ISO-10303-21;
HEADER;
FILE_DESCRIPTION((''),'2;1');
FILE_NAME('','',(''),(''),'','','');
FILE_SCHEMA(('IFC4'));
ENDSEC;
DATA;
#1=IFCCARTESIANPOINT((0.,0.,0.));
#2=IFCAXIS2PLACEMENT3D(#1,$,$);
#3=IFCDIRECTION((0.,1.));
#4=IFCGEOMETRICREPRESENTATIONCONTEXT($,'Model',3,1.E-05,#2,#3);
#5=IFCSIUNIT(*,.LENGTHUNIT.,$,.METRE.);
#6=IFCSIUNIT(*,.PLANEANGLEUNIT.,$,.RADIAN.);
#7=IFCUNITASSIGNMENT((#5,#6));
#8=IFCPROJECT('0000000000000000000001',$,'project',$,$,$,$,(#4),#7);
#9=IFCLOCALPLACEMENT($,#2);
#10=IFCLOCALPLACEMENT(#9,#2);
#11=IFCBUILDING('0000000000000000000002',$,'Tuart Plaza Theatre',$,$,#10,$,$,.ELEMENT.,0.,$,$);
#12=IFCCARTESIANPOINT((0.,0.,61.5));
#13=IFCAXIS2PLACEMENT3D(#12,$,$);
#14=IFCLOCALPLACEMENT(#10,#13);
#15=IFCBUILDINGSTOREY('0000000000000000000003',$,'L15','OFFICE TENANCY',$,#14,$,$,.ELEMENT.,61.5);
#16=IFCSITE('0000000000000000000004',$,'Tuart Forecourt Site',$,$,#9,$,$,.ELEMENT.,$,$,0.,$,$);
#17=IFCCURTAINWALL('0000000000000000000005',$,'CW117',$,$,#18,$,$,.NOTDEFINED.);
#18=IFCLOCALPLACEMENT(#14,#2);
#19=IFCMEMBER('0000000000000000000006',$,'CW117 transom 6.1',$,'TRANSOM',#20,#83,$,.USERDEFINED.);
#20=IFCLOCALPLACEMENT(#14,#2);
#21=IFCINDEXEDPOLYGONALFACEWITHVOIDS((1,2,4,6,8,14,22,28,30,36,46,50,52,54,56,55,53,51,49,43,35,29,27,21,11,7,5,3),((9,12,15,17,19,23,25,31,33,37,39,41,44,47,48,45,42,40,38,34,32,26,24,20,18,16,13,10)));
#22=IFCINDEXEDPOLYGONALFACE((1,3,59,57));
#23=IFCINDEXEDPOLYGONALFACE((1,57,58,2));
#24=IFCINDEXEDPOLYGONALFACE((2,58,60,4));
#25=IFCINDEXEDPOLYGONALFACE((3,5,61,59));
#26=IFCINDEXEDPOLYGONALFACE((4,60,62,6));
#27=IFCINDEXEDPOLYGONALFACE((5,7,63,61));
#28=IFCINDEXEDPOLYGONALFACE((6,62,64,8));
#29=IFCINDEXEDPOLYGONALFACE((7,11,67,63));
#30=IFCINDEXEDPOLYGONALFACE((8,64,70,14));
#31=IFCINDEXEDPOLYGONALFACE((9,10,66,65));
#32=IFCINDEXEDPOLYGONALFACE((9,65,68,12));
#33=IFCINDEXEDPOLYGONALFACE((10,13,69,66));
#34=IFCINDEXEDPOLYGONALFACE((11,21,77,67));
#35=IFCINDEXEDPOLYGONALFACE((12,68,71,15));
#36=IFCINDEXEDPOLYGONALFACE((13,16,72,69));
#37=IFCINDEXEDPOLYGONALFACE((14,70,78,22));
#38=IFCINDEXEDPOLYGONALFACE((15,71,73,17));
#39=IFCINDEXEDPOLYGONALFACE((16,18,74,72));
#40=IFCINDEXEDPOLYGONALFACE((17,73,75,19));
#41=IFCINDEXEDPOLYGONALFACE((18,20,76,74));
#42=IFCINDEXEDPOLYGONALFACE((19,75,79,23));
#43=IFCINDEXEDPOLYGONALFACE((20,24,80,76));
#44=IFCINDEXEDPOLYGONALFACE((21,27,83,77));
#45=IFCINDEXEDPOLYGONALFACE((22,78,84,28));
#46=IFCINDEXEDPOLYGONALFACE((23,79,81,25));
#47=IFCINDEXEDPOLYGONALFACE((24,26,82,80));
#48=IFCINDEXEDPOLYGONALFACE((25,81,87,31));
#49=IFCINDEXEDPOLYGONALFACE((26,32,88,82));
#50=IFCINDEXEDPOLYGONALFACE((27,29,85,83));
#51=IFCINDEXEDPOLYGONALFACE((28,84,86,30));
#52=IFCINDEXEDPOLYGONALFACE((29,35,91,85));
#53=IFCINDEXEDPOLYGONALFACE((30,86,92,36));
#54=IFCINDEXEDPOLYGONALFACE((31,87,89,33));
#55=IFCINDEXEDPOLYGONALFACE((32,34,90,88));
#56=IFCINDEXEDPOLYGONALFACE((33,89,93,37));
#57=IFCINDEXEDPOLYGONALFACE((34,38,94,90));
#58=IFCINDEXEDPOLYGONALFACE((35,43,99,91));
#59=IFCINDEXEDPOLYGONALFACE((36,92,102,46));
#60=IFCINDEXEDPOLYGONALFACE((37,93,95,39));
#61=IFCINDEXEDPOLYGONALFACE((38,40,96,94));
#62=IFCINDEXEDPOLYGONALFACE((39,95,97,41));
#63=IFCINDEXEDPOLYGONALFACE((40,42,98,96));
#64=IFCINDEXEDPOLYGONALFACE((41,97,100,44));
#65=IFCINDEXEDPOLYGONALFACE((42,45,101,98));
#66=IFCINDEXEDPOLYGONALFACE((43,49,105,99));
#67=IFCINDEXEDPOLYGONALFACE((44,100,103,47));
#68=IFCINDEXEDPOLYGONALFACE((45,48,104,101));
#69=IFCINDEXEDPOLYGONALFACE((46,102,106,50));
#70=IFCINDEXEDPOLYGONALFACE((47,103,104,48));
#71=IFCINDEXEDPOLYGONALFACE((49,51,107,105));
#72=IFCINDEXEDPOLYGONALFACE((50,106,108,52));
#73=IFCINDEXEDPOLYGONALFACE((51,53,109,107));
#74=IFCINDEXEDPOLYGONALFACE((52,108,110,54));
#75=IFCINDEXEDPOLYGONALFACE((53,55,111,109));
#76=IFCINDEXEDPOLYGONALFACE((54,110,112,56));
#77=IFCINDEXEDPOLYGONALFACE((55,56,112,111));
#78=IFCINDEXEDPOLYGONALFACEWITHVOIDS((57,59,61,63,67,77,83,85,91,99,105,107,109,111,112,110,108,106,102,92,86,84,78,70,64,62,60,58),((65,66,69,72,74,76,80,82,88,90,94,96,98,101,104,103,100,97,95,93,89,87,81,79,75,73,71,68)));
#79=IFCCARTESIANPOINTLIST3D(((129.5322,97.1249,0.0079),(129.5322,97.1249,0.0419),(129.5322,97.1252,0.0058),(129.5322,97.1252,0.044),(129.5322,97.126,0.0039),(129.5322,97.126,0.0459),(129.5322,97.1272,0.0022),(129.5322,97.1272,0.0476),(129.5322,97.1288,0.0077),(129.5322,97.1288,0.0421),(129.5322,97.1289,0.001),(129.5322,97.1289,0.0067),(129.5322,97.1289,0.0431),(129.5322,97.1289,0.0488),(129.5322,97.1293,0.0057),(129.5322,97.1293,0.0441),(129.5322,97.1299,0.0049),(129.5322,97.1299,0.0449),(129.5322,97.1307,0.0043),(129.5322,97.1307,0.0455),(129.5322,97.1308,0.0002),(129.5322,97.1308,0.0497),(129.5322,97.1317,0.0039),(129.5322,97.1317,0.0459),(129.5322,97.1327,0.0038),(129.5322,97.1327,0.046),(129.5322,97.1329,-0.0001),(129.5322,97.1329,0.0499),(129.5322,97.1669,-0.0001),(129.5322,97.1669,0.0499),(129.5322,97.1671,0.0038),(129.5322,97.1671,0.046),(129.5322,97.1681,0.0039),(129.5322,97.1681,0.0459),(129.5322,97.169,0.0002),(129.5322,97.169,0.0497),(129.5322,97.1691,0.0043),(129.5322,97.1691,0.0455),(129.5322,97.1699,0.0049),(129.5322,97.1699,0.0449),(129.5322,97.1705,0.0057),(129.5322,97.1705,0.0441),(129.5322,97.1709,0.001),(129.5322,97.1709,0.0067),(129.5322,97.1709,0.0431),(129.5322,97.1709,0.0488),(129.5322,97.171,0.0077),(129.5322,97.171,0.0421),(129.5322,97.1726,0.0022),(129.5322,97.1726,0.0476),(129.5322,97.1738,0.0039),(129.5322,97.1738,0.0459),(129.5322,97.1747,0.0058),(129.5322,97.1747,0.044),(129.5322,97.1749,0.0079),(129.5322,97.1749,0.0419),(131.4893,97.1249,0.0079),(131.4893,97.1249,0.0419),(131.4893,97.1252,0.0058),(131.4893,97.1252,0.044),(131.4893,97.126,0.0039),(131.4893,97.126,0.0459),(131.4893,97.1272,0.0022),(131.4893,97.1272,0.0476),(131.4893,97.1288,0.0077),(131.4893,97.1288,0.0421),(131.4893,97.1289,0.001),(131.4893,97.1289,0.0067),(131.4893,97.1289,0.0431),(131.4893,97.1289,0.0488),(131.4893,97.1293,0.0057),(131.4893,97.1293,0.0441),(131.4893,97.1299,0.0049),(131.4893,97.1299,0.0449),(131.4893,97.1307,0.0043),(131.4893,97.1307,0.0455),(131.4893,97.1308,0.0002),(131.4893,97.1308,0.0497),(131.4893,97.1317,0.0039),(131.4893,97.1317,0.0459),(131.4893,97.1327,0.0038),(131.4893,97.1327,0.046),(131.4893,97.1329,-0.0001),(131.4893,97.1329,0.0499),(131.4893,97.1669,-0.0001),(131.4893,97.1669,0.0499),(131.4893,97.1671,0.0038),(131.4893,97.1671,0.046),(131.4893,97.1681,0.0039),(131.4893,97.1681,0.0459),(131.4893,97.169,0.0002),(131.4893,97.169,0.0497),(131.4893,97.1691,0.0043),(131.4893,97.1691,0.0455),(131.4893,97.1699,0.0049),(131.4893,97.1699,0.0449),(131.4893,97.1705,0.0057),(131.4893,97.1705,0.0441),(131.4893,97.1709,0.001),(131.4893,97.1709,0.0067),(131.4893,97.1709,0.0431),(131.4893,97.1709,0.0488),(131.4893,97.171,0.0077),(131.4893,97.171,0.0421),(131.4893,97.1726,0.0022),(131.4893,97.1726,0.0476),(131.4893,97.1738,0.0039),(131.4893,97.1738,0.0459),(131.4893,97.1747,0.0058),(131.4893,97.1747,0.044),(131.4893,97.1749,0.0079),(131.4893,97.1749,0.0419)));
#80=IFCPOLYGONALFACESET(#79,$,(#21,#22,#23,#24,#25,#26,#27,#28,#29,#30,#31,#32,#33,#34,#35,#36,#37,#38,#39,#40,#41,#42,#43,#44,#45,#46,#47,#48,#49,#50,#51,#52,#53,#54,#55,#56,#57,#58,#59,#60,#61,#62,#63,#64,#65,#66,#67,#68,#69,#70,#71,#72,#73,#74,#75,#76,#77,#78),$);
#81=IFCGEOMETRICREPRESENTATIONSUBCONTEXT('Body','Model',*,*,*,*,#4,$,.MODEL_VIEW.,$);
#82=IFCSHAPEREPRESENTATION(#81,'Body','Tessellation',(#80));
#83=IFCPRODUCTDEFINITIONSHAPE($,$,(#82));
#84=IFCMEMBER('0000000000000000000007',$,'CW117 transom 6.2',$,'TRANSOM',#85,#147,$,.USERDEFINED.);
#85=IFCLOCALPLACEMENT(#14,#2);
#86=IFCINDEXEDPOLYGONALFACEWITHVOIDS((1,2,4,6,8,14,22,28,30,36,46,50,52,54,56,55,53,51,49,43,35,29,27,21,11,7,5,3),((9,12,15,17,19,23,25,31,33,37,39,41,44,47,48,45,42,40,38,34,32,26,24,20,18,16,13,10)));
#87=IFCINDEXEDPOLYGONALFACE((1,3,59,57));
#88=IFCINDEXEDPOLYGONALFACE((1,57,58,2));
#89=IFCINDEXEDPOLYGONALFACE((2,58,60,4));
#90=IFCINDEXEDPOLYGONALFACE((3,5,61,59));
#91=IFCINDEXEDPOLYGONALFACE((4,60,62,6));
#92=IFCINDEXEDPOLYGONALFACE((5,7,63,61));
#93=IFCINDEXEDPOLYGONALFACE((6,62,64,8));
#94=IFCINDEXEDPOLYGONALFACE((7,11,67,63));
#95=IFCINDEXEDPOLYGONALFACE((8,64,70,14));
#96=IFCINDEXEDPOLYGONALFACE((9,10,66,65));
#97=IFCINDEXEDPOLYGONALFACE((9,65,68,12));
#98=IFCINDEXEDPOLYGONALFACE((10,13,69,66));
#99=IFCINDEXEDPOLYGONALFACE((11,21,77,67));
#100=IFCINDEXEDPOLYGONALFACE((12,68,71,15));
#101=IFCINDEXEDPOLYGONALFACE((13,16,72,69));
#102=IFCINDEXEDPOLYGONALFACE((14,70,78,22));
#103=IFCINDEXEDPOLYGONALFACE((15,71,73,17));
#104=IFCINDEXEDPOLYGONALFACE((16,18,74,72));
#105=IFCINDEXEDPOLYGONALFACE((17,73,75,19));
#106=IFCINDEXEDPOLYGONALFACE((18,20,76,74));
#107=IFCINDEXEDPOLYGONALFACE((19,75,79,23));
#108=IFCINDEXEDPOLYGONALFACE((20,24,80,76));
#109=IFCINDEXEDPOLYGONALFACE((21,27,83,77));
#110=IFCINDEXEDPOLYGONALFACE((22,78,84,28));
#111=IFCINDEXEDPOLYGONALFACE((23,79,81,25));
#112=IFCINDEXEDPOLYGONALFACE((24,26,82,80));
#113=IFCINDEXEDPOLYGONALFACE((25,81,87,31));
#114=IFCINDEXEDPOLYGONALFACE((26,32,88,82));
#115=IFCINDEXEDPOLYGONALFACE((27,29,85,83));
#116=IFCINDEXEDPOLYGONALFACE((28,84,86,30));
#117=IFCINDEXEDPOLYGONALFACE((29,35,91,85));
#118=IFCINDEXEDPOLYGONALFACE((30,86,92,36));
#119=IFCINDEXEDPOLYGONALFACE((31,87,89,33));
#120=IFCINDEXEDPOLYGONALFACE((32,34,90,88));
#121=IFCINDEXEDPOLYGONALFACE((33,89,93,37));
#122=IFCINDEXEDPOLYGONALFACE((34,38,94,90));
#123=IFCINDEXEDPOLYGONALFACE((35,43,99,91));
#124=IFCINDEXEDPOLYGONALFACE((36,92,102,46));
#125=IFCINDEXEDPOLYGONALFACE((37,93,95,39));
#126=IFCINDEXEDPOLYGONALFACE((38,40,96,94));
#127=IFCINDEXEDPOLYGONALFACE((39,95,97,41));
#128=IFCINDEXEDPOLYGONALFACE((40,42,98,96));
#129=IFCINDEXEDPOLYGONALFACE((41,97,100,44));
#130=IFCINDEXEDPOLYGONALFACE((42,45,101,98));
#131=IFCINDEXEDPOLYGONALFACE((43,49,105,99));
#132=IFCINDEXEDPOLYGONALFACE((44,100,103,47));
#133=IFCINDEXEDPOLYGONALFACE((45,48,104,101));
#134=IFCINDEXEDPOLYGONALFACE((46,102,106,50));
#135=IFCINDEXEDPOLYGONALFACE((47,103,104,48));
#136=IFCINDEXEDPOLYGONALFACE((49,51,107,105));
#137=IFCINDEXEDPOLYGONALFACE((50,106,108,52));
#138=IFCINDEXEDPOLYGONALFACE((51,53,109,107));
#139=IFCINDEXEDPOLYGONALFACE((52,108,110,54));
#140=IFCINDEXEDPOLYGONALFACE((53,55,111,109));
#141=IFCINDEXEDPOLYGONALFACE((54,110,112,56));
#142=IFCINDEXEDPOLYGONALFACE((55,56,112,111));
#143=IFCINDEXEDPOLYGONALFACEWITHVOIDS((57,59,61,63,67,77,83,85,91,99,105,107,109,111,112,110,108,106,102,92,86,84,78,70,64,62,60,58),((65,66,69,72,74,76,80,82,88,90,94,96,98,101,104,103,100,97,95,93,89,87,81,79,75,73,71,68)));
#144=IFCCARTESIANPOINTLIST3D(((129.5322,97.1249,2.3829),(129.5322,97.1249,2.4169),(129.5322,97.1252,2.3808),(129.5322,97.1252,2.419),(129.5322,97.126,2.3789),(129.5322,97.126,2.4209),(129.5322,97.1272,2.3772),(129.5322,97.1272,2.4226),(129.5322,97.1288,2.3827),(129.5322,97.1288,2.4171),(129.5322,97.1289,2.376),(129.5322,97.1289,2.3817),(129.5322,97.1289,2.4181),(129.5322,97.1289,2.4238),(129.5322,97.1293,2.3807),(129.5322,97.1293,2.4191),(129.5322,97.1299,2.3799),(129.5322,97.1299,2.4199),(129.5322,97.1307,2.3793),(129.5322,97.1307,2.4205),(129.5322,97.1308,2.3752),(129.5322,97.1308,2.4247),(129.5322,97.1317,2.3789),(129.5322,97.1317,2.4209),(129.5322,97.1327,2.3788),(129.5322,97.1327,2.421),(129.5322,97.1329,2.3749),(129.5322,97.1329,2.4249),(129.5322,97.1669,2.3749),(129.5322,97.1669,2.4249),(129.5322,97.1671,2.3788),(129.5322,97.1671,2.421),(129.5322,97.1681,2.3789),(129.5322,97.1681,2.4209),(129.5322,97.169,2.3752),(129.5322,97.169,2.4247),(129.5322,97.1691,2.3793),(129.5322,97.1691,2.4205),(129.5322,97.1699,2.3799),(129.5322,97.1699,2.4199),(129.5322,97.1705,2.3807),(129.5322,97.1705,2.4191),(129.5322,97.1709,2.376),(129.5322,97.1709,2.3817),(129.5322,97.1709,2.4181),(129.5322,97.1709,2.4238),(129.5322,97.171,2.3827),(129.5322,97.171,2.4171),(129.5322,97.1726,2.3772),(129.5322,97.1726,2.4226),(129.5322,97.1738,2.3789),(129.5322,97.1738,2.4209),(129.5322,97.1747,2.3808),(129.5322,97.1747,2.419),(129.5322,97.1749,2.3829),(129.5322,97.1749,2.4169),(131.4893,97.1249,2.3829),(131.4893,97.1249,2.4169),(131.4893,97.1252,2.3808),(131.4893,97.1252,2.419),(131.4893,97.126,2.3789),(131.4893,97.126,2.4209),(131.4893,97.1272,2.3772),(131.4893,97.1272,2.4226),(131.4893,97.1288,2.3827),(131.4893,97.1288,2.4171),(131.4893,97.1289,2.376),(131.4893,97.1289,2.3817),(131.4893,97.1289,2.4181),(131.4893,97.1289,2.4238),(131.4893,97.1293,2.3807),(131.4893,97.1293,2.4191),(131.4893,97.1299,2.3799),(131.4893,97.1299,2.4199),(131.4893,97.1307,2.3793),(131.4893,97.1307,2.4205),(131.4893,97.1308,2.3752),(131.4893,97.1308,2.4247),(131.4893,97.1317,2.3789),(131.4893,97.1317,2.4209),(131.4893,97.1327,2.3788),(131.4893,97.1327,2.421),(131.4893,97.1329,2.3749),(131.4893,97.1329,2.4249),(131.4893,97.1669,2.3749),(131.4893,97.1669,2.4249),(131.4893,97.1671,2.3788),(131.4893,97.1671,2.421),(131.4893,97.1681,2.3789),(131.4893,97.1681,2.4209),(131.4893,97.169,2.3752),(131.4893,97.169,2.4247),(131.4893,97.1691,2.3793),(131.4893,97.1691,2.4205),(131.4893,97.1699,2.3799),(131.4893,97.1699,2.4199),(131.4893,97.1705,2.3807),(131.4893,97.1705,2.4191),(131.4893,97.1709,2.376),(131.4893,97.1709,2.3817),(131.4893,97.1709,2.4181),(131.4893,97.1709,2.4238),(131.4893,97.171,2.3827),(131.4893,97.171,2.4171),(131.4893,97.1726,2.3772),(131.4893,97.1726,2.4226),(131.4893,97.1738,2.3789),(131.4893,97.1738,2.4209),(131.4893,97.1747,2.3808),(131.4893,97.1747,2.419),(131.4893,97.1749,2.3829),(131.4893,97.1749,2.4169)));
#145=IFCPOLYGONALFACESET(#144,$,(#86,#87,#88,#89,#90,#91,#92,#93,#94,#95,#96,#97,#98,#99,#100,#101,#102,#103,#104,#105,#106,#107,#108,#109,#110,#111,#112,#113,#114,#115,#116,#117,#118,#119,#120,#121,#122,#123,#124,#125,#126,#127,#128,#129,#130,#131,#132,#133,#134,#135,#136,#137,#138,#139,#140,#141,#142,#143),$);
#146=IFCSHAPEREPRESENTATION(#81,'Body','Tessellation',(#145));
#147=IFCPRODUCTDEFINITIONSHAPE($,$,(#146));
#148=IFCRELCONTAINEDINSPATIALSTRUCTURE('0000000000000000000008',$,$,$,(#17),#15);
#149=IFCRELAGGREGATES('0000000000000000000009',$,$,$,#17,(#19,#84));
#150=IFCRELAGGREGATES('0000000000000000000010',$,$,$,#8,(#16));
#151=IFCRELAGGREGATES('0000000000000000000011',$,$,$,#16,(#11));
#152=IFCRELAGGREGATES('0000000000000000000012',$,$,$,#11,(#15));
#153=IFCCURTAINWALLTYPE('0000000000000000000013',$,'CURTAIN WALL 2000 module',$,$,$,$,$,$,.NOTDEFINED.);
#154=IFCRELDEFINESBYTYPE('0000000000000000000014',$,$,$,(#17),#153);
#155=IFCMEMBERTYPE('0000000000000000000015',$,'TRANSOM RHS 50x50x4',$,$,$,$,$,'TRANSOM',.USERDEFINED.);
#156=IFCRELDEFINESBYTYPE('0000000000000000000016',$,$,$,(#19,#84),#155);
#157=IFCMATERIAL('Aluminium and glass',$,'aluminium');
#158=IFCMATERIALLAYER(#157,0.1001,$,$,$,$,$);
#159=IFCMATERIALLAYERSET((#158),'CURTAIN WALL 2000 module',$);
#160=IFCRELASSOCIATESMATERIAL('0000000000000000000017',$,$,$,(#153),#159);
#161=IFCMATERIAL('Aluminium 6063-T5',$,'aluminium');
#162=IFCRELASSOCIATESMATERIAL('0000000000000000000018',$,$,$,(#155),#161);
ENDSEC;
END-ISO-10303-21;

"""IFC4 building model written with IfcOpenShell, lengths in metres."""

from ifc_helpers import new_model, si_unit, direction, frame, origin, origin_2d, place, context, subcontext, project, spatial, hollow_rectangle, extrude, material, layer, layer_set, material_profile, profile_set, type_object, element, aggregate, save


model = new_model("IFC4")

# Units and contexts
model_context = context("Model", 3, precision=1e-05, world=origin(), true_north=direction((0.0, 1.0)))
body_context = subcontext(model_context, "Body", "Model", "MODEL_VIEW")
ifc_project = project(units=[si_unit("LENGTHUNIT", "METRE"), si_unit("PLANEANGLEUNIT", "RADIAN")], contexts=[model_context])

# Site, building, storey
site_placement = place(None, origin())
site = spatial("IfcSite", under=ifc_project, at=site_placement, Name="Tuart Forecourt Site", CompositionType="ELEMENT", RefElevation=0.0)
building_placement = place(site_placement, origin())
building = spatial("IfcBuilding", under=site, at=building_placement, Name="Tuart Plaza Theatre", CompositionType="ELEMENT", ElevationOfRefHeight=0.0)
storey_placement = place(building_placement, frame((0.0, 0.0, 61.5)))
storey = spatial("IfcBuildingStorey", under=building, at=storey_placement, Name="L15", Description="OFFICE TENANCY", CompositionType="ELEMENT", Elevation=61.5)

# Curtain wall, members
ifc_material_1 = material(Name="Aluminium and glass", Category="aluminium")
ifc_layer_1 = layer(ifc_material_1, 0.1001)
ifc_layer_set_1 = layer_set([ifc_layer_1], Name="CURTAIN WALL 2000 module")
curtain_wall_type = type_object("IfcCurtainWallType", Name="CURTAIN WALL 2000 module", PredefinedType="NOTDEFINED", material=ifc_layer_set_1)
curtain_wall_placement = place(storey_placement, origin())
curtain_wall = element("IfcCurtainWall", 1, at=curtain_wall_placement, inside=storey, type_object=curtain_wall_type, Name="CW117", PredefinedType="NOTDEFINED")
ifc_material_2 = material(Name="Aluminium 6063-T5", Category="aluminium")
ifc_material_profile_1 = material_profile(ifc_material_2, hollow_rectangle(XDim=0.05, YDim=0.05, WallThickness=0.0039, InnerFilletRadius=0.0039, OuterFilletRadius=0.0081, at=origin_2d()), Name="RHS 50x50x4")
ifc_profile_set_1 = profile_set([ifc_material_profile_1], Name="Aluminium 6063-T5")
member_type_1 = type_object("IfcMemberType", Name="TRANSOM RHS 50x50x4", ElementType="TRANSOM", PredefinedType="USERDEFINED", material=ifc_profile_set_1)
member_1_placement = place(storey_placement, frame((131.4893, 97.1499, 0.0249), z_axis=(-1.0, 0.0, 0.0), x_axis=(0.0, -1.0, 0.0)))
member_1 = element("IfcMember", 2, at=member_1_placement, type_object=member_type_1, Name="CW117 transom 6.1", ObjectType="TRANSOM", PredefinedType="USERDEFINED", context=body_context, shape_type="SweptSolid", body=[
    extrude(hollow_rectangle(XDim=0.05, YDim=0.05, WallThickness=0.0039, InnerFilletRadius=0.0039, OuterFilletRadius=0.0081, at=origin_2d()), origin(), (0.0, 0.0, 1.0), 1.957),
])
member_2_placement = place(storey_placement, frame((131.4893, 97.1499, 2.3999), z_axis=(-1.0, 0.0, 0.0), x_axis=(0.0, -1.0, 0.0)))
member_2 = element("IfcMember", 3, at=member_2_placement, type_object=member_type_1, Name="CW117 transom 6.2", ObjectType="TRANSOM", PredefinedType="USERDEFINED", context=body_context, shape_type="SweptSolid", body=[
    extrude(hollow_rectangle(XDim=0.05, YDim=0.05, WallThickness=0.0039, InnerFilletRadius=0.0039, OuterFilletRadius=0.0081, at=origin_2d()), origin(), (0.0, 0.0, 1.0), 1.957),
])
aggregate(curtain_wall, [member_1, member_2])

save(model, "model.ifc")
